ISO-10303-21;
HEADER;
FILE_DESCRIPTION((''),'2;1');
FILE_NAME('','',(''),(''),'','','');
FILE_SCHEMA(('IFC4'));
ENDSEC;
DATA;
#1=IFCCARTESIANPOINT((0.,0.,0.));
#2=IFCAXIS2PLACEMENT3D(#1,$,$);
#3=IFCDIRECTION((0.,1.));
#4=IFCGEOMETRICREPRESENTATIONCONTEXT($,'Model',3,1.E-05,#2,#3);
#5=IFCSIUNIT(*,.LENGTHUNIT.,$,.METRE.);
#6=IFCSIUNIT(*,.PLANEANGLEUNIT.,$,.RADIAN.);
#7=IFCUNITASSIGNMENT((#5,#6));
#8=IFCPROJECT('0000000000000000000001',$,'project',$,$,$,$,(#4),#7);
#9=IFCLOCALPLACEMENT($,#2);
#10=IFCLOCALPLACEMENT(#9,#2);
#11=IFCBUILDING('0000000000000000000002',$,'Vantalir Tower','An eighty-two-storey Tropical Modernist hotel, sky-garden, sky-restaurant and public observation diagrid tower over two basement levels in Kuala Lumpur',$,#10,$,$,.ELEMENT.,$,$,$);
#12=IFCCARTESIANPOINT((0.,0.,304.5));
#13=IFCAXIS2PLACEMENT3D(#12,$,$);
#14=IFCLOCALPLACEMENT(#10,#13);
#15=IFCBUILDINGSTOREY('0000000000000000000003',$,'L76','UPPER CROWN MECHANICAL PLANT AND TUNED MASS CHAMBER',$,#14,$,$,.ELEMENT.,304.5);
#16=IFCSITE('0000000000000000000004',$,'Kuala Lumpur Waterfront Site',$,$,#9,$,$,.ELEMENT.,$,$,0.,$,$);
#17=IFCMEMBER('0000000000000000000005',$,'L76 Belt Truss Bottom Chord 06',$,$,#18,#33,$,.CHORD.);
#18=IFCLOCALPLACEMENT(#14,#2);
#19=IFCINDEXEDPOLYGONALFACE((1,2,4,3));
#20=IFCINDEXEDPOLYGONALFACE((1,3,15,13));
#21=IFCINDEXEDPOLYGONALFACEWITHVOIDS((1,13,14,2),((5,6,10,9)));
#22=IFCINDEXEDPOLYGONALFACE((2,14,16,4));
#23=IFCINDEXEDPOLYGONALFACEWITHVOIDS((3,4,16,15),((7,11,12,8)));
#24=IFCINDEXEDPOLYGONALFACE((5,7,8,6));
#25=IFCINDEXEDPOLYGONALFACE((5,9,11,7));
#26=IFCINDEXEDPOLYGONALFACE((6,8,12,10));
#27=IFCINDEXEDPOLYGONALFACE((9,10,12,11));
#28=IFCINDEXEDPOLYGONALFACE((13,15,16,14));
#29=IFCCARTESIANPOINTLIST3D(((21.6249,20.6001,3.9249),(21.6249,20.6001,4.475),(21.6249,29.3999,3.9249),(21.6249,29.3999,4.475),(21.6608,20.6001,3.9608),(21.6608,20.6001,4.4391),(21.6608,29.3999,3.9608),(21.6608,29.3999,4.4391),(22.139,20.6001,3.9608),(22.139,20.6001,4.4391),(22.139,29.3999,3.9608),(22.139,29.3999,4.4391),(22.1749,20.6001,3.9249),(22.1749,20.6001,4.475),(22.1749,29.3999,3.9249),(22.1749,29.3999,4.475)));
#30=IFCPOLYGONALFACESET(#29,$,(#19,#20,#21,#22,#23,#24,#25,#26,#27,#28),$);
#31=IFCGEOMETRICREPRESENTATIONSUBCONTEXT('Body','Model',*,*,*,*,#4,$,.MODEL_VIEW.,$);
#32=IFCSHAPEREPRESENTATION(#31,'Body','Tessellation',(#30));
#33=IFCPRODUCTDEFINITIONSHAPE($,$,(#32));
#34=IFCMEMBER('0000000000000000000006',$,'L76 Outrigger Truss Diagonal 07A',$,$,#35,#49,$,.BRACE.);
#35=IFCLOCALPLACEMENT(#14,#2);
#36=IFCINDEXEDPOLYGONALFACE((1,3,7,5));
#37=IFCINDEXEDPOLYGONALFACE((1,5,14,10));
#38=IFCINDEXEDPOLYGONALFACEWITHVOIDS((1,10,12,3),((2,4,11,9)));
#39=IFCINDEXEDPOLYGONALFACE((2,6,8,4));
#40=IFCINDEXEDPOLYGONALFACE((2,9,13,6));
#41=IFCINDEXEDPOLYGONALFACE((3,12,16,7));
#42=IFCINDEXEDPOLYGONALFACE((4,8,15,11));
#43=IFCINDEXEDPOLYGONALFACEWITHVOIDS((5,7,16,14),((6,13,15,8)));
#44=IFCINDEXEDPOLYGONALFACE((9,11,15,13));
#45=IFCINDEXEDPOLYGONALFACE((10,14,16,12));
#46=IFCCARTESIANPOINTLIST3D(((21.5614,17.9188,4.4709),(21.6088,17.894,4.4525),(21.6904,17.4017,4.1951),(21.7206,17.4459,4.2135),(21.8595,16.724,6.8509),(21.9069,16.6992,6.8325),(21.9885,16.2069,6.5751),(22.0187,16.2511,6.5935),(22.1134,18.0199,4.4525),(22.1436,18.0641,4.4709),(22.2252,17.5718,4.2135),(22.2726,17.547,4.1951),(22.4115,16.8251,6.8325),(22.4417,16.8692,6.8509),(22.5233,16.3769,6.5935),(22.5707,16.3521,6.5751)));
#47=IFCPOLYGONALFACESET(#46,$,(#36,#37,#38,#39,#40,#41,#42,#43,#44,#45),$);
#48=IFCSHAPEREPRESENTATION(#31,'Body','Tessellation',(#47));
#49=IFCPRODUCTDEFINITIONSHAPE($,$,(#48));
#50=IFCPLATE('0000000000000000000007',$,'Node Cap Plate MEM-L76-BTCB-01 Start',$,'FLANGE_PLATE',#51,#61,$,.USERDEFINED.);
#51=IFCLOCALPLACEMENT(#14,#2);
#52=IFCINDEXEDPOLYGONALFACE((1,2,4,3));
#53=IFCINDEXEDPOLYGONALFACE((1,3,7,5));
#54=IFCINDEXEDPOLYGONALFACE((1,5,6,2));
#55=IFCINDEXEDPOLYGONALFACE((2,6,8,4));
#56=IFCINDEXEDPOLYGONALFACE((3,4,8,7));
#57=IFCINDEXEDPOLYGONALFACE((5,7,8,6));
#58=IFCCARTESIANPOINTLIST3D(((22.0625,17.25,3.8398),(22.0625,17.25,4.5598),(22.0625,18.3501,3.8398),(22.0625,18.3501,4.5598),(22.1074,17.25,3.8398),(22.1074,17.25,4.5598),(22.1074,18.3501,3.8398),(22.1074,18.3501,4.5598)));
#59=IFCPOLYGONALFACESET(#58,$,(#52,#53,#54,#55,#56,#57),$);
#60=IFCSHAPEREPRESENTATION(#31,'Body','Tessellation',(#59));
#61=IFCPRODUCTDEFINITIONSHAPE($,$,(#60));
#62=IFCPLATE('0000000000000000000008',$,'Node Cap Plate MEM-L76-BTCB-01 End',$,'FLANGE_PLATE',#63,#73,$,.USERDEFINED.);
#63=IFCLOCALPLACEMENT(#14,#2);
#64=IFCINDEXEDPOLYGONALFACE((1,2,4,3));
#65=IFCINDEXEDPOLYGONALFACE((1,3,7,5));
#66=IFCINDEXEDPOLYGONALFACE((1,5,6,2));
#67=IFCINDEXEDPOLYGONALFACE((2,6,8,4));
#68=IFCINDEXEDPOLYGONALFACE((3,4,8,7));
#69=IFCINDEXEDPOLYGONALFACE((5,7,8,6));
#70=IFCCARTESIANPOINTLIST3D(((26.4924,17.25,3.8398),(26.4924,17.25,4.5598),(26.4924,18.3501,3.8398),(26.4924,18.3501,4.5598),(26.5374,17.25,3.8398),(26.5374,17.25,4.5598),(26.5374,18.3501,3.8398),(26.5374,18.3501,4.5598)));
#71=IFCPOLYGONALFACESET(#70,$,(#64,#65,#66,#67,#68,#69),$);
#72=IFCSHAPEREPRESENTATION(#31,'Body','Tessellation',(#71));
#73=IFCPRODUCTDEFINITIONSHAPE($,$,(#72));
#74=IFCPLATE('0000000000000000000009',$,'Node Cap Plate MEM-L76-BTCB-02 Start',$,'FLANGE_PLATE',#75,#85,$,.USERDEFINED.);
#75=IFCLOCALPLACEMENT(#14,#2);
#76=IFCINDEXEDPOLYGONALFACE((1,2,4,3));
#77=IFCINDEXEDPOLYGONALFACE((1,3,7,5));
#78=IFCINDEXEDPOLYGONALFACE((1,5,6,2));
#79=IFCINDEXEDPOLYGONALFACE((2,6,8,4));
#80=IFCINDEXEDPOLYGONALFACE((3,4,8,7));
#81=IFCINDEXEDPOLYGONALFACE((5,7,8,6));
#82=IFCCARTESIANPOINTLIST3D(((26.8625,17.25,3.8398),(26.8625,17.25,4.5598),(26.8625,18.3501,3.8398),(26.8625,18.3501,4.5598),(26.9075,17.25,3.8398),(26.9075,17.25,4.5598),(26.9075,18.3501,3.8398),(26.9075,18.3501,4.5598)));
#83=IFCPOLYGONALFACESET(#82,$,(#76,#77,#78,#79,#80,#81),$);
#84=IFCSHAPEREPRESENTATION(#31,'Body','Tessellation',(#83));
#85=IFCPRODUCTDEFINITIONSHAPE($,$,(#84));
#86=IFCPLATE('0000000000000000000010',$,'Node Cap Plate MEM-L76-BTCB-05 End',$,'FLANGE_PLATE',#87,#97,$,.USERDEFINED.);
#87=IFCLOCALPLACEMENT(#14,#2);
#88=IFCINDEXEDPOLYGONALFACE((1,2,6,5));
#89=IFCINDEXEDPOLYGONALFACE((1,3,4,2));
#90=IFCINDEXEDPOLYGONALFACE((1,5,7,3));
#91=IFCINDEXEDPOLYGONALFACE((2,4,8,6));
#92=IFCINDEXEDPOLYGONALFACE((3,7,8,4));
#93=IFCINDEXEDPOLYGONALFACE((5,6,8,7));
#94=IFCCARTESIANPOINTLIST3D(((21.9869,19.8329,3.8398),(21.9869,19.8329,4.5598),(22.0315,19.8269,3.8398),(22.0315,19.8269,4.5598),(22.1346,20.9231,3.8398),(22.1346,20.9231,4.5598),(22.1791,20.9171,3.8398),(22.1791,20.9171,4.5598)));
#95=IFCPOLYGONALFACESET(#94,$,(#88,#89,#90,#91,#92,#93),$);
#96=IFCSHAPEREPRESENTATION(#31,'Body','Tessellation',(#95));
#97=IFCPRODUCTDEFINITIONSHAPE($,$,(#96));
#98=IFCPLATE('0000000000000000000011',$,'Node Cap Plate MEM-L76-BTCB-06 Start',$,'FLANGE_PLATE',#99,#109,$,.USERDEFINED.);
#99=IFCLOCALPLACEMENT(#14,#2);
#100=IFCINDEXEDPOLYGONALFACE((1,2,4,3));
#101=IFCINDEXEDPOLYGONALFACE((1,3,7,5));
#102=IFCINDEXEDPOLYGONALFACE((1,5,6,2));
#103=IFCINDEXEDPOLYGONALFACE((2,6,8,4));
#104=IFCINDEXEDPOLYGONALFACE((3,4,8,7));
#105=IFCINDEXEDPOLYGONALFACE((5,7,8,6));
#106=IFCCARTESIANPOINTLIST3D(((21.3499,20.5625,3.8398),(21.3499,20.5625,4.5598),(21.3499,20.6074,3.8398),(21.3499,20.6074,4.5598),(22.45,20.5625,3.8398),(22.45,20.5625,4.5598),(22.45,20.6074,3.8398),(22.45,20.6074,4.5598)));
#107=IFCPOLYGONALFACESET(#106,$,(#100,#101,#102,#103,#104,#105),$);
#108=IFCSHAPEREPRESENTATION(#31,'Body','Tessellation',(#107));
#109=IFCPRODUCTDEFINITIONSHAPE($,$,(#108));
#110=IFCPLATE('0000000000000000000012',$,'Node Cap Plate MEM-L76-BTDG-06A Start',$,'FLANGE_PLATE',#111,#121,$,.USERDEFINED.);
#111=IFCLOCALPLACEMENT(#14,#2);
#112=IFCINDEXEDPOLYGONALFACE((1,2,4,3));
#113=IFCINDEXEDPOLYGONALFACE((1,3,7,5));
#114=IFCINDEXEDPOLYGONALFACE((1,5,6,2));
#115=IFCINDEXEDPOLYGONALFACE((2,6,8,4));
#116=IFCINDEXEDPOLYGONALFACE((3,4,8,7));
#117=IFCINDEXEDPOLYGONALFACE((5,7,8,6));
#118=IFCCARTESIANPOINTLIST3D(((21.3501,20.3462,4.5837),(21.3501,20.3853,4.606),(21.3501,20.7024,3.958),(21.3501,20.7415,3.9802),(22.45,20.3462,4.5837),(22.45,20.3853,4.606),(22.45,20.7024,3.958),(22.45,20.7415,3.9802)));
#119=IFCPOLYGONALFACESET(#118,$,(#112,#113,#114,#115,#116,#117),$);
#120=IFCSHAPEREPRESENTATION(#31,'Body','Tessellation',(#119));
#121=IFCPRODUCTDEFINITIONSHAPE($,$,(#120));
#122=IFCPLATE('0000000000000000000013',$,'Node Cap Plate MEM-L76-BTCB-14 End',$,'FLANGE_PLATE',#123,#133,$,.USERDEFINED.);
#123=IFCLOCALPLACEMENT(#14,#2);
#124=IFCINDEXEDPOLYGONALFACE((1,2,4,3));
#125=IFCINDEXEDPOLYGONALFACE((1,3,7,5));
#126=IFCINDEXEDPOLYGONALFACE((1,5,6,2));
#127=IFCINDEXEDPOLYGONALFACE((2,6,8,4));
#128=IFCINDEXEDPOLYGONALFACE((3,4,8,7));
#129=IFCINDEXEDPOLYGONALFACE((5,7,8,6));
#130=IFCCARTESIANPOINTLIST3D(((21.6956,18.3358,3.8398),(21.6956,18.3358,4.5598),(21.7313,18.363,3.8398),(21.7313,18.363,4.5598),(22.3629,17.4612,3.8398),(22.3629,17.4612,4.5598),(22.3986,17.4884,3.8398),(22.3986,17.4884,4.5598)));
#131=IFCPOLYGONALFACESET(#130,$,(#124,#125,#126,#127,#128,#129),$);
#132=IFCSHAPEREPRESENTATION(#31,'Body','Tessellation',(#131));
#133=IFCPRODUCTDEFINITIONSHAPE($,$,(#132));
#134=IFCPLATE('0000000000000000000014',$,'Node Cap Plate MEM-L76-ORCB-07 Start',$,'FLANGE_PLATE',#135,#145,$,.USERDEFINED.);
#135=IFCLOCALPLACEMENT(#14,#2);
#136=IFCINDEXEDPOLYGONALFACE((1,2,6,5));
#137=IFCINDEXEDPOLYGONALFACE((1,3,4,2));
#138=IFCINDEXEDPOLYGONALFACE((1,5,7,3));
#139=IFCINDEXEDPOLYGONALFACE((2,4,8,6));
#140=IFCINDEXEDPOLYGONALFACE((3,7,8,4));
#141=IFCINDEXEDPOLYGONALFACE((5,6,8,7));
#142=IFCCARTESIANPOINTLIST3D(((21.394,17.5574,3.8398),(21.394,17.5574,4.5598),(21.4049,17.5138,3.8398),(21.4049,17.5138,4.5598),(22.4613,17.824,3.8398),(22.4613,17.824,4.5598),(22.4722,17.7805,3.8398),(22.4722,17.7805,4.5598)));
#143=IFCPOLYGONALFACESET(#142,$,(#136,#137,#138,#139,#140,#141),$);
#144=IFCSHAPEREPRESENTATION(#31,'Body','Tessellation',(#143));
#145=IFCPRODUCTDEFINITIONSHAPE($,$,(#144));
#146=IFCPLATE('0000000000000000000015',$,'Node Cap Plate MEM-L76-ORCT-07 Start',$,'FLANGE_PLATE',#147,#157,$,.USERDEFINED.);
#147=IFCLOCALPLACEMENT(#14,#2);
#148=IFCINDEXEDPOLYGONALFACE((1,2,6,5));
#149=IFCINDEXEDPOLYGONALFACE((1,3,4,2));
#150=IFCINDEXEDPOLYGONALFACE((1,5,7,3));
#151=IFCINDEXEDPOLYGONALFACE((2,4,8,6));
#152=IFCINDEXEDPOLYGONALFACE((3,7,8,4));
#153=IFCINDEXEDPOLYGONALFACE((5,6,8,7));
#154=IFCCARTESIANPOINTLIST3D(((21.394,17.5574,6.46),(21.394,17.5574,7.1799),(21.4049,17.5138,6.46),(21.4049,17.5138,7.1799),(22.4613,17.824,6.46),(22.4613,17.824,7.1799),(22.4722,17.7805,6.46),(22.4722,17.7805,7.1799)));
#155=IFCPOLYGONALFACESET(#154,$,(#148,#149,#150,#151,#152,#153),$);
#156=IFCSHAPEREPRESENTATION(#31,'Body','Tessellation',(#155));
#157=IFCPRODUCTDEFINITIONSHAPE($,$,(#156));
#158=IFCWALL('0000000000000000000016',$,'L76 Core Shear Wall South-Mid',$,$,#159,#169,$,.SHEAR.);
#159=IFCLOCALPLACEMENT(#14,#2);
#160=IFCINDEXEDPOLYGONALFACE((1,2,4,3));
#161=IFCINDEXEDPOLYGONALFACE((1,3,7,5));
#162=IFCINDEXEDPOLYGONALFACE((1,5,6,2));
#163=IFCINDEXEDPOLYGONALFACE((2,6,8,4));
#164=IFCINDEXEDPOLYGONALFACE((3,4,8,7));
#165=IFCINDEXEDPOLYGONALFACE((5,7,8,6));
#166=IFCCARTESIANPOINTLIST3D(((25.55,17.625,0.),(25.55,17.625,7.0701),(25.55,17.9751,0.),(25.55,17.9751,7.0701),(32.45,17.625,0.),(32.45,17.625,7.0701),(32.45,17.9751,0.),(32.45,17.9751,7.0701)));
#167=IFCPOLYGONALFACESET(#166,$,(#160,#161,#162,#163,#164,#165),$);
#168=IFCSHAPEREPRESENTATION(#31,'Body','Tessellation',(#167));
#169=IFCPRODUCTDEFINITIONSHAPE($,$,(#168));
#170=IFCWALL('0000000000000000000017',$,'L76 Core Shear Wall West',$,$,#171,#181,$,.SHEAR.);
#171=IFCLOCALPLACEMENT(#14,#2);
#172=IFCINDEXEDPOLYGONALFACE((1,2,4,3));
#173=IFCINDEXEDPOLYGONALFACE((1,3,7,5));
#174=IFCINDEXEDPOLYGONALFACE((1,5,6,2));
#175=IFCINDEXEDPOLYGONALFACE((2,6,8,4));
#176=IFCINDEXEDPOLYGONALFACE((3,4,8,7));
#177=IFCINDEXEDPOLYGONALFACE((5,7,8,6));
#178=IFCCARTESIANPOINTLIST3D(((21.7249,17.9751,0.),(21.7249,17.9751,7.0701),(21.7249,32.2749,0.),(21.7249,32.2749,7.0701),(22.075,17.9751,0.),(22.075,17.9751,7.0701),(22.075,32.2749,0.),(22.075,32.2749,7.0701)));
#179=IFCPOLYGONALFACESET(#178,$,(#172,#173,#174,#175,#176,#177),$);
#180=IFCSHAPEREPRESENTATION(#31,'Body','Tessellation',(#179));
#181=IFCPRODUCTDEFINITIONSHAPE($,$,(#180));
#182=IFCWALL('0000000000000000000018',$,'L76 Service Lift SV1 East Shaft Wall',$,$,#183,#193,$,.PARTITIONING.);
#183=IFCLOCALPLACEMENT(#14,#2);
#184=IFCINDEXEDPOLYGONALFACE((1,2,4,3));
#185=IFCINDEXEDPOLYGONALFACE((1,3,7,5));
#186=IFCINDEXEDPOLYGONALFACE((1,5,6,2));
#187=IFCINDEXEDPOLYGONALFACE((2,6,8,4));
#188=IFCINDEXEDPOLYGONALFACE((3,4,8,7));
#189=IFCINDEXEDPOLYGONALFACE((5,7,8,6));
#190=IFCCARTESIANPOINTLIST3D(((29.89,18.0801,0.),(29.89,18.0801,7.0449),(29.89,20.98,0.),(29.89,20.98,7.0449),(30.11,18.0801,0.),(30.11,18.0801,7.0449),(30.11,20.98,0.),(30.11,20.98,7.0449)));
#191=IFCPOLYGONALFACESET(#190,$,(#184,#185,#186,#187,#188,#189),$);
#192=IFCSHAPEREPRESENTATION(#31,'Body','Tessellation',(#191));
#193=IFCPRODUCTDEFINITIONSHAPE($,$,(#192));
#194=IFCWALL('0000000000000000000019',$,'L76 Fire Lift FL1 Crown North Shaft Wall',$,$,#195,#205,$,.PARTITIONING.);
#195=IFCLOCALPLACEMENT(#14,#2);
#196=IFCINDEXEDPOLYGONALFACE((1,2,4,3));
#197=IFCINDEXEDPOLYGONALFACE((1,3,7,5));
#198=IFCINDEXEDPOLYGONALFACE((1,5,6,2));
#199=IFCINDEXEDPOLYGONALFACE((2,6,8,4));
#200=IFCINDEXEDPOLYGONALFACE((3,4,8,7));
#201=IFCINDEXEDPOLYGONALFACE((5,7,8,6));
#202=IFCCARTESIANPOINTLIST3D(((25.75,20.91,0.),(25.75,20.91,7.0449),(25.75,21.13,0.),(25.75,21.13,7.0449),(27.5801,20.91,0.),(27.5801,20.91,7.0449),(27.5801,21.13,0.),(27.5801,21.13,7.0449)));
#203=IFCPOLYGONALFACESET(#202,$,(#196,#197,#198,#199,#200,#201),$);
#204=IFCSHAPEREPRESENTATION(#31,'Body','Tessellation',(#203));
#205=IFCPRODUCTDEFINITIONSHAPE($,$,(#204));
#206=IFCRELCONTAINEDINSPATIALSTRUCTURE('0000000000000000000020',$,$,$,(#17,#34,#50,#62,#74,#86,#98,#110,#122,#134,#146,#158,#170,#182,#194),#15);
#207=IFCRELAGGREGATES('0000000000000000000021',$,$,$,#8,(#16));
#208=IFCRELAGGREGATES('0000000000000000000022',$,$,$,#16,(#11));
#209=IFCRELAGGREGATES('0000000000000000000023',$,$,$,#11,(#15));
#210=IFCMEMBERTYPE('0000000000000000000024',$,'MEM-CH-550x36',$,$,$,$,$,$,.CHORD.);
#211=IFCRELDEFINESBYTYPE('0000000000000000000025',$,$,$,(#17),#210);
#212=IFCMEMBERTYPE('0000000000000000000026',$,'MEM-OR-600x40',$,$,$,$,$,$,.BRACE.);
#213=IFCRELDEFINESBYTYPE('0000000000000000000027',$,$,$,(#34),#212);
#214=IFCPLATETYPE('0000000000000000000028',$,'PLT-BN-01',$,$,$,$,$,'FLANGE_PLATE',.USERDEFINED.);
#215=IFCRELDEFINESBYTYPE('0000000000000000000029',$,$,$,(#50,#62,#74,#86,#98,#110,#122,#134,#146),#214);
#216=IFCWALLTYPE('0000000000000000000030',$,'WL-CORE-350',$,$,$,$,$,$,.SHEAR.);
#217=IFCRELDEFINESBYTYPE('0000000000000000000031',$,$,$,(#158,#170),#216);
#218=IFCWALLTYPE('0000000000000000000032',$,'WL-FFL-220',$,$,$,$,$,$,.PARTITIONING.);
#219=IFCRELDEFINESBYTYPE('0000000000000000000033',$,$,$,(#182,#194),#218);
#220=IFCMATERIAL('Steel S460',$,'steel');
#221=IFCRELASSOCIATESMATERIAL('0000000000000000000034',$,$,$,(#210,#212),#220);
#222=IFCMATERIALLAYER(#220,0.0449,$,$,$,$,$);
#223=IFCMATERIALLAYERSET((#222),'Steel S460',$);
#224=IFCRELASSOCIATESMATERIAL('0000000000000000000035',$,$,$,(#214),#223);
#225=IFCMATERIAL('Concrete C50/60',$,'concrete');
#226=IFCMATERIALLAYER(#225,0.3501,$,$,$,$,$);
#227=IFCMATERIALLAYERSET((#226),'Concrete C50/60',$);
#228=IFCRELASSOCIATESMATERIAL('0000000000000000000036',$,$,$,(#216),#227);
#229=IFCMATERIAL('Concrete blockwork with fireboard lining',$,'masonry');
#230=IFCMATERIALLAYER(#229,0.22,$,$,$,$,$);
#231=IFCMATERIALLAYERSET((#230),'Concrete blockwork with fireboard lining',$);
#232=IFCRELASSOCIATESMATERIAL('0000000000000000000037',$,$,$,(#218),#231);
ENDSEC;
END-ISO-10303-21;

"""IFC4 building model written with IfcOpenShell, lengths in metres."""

from ifc_helpers import new_model, si_unit, direction, frame, frame_2d, origin, origin_2d, place, context, subcontext, project, spatial, polyline, rectangle, hollow_rectangle, outline, extrude, material, layer, layer_set, material_profile, profile_set, type_object, element, save


model = new_model("IFC4")

# Units and contexts
model_context = context("Model", 3, precision=1e-05, world=origin(), true_north=direction((0.0, 1.0)))
body_context = subcontext(model_context, "Body", "Model", "MODEL_VIEW")
ifc_project = project(units=[si_unit("LENGTHUNIT", "METRE"), si_unit("PLANEANGLEUNIT", "RADIAN")], contexts=[model_context])

# Site, building, storey
site_placement = place(None, origin())
site = spatial("IfcSite", under=ifc_project, at=site_placement, Name="Kuala Lumpur Waterfront Site", CompositionType="ELEMENT", RefElevation=0.0)
building_placement = place(site_placement, origin())
building = spatial("IfcBuilding", under=site, at=building_placement, Name="Vantalir Tower", Description="An eighty-two-storey Tropical Modernist hotel, sky-garden, sky-restaurant and public observation diagrid tower over two basement levels in Kuala Lumpur", CompositionType="ELEMENT")
storey_placement = place(building_placement, frame((0.0, 0.0, 304.5)))
storey = spatial("IfcBuildingStorey", under=building, at=storey_placement, Name="L76", Description="UPPER CROWN MECHANICAL PLANT AND TUNED MASS CHAMBER", CompositionType="ELEMENT", Elevation=304.5)

# Shared definitions
ifc_material_1 = material(Name="Concrete C50/60", Category="concrete")

# Shared definitions
ifc_material_2 = material(Name="Steel S460", Category="steel")

# Members
ifc_material_profile_1 = material_profile(ifc_material_2, hollow_rectangle(XDim=0.55, YDim=0.55, WallThickness=0.0359, at=origin_2d()), Name="Steel S460")
ifc_profile_set_1 = profile_set([ifc_material_profile_1], Name="Steel S460")
member_type_1 = type_object("IfcMemberType", Name="MEM-CH-550x36", PredefinedType="CHORD", material=ifc_profile_set_1)
member_1_placement = place(storey_placement, frame((21.8999, 20.6001, 4.2), z_axis=(0.0, 1.0, 0.0), x_axis=(-1.0, 0.0, 0.0)))
element("IfcMember", 1, at=member_1_placement, inside=storey, type_object=member_type_1, Name="L76 Belt Truss Bottom Chord 06", PredefinedType="CHORD", context=body_context, shape_type="SweptSolid", body=[
    extrude(hollow_rectangle(XDim=0.55, YDim=0.55, WallThickness=0.0359, at=origin_2d()), origin(), (0.0, 0.0, 1.0), 8.7998),
])
ifc_material_profile_2 = material_profile(ifc_material_2, hollow_rectangle(XDim=0.6001, YDim=0.6001, WallThickness=0.04, at=origin_2d()), Name="Steel S460")
ifc_profile_set_2 = profile_set([ifc_material_profile_2], Name="Steel S460")
member_type_2 = type_object("IfcMemberType", Name="MEM-OR-600x40", PredefinedType="BRACE", material=ifc_profile_set_2)
member_2_placement = place(storey_placement, frame((21.917, 17.7329, 4.333), z_axis=(0.111246, -0.445895, 0.888145), x_axis=(0.970259, 0.242069, 0.0)))
element("IfcMember", 2, at=member_2_placement, inside=storey, type_object=member_type_2, Name="L76 Outrigger Truss Diagonal 07A", PredefinedType="BRACE", context=body_context, shape_type="SweptSolid", body=[
    extrude(hollow_rectangle(XDim=0.6001, YDim=0.6001, WallThickness=0.04, at=origin_2d()), origin(), (0.0, 0.0, 1.0), 2.6797),
])

# Plates
ifc_layer_1 = layer(ifc_material_2, 0.0449)
ifc_layer_set_1 = layer_set([ifc_layer_1], Name="Steel S460")
plate_type = type_object("IfcPlateType", Name="PLT-BN-01", ElementType="FLANGE_PLATE", PredefinedType="USERDEFINED", material=ifc_layer_set_1)
for number, where, z_axis, x_axis, name in (
    (3, (22.085, 17.8, 3.8398), (0.0, 0.0, 1.0), (1.0, 0.0, 0.0), "Node Cap Plate MEM-L76-BTCB-01 Start"),
    (4, (26.5149, 17.8, 3.8398), (0.0, 0.0, 1.0), (1.0, 0.0, 0.0), "Node Cap Plate MEM-L76-BTCB-01 End"),
    (5, (26.885, 17.8, 3.8398), (0.0, 0.0, 1.0), (1.0, 0.0, 0.0), "Node Cap Plate MEM-L76-BTCB-02 Start"),
    (6, (22.083, 20.375, 3.8398), (0.0, 0.0, 1.0), (-0.990955, 0.134194, 0.0), "Node Cap Plate MEM-L76-BTCB-05 End"),
    (7, (21.8999, 20.585, 3.8398), (0.0, 0.0, 1.0), (0.0, 1.0, 0.0), "Node Cap Plate MEM-L76-BTCB-06 Start"),
):
    element("IfcPlate", number, at=place(storey_placement, frame(where, z_axis=z_axis, x_axis=x_axis)), inside=storey, type_object=plate_type, Name=name, ObjectType="FLANGE_PLATE", PredefinedType="USERDEFINED", context=body_context, shape_type="SweptSolid", body=[
        extrude(rectangle(XDim=0.0449, YDim=1.1001, at=origin_2d()), origin(), (0.0, 0.0, 1.0), 0.72),
    ])
plate_placement = place(storey_placement, frame((22.45, 20.7415, 3.9802), z_axis=(0.0, 0.869056, 0.494714), x_axis=(-1.0, 0.0, 0.0)))
element("IfcPlate", 8, at=plate_placement, inside=storey, type_object=plate_type, Name="Node Cap Plate MEM-L76-BTDG-06A Start", ObjectType="FLANGE_PLATE", PredefinedType="USERDEFINED", context=body_context, shape_type="SweptSolid", body=[
    extrude(outline(polyline([(0.0, 0.0), (1.0999, 0.0), (1.0999, 0.72), (0.0, 0.72), (0.0, 0.0)])), origin(), (0.0, 0.0, -1.0), 0.0449),
])
for number, where, z_axis, x_axis, name in (
    (9, (22.0471, 17.9121, 3.8398), (0.0, 0.0, 1.0), (-0.795008, -0.606599, 0.0), "Node Cap Plate MEM-L76-BTCB-14 End"),
    (10, (21.9331, 17.6689, 3.8398), (0.0, 0.0, 1.0), (0.242362, -0.970186, 0.0), "Node Cap Plate MEM-L76-ORCB-07 Start"),
    (11, (21.9331, 17.6689, 6.46), (0.0, 0.0, 1.0), (0.242362, -0.970186, 0.0), "Node Cap Plate MEM-L76-ORCT-07 Start"),
):
    element("IfcPlate", number, at=place(storey_placement, frame(where, z_axis=z_axis, x_axis=x_axis)), inside=storey, type_object=plate_type, Name=name, ObjectType="FLANGE_PLATE", PredefinedType="USERDEFINED", context=body_context, shape_type="SweptSolid", body=[
        extrude(rectangle(XDim=0.0449, YDim=1.1001, at=origin_2d()), origin(), (0.0, 0.0, 1.0), 0.72),
    ])

# Walls
ifc_layer_2 = layer(ifc_material_1, 0.3501)
ifc_layer_set_2 = layer_set([ifc_layer_2], Name="Concrete C50/60")
wall_type_1 = type_object("IfcWallType", Name="WL-CORE-350", PredefinedType="SHEAR", material=ifc_layer_set_2)
wall_1_placement = place(storey_placement, frame((25.55, 17.8, 0.0), z_axis=(0.0, 0.0, 1.0), x_axis=(1.0, 0.0, 0.0)))
element("IfcWall", 12, at=wall_1_placement, inside=storey, type_object=wall_type_1, Name="L76 Core Shear Wall South-Mid", PredefinedType="SHEAR", context=body_context, shape_type="SweptSolid", body=[
    extrude(rectangle(XDim=6.8999, YDim=0.3501, at=frame_2d((3.45, 0.0))), origin(), (0.0, 0.0, 1.0), 7.0701),
])
wall_2_placement = place(storey_placement, frame((21.8999, 17.9751, 0.0), z_axis=(0.0, 0.0, 1.0), x_axis=(0.0, 1.0, 0.0)))
element("IfcWall", 13, at=wall_2_placement, inside=storey, type_object=wall_type_1, Name="L76 Core Shear Wall West", PredefinedType="SHEAR", context=body_context, shape_type="SweptSolid", body=[
    extrude(rectangle(XDim=14.2998, YDim=0.3501, at=frame_2d((7.1499, 0.0))), origin(), (0.0, 0.0, 1.0), 7.0701),
])
ifc_material_3 = material(Name="Concrete blockwork with fireboard lining", Category="masonry")
ifc_layer_3 = layer(ifc_material_3, 0.22)
ifc_layer_set_3 = layer_set([ifc_layer_3], Name="Concrete blockwork with fireboard lining")
wall_type_2 = type_object("IfcWallType", Name="WL-FFL-220", PredefinedType="PARTITIONING", material=ifc_layer_set_3)
wall_3_placement = place(storey_placement, frame((30.0, 18.0801, 0.0), z_axis=(0.0, 0.0, 1.0), x_axis=(0.0, 1.0, 0.0)))
element("IfcWall", 14, at=wall_3_placement, inside=storey, type_object=wall_type_2, Name="L76 Service Lift SV1 East Shaft Wall", PredefinedType="PARTITIONING", context=body_context, shape_type="SweptSolid", body=[
    extrude(rectangle(XDim=2.8999, YDim=0.22, at=frame_2d((1.45, 0.0))), origin(), (0.0, 0.0, 1.0), 7.0449),
])
wall_4_placement = place(storey_placement, frame((25.75, 21.02, 0.0), z_axis=(0.0, 0.0, 1.0), x_axis=(1.0, 0.0, 0.0)))
element("IfcWall", 15, at=wall_4_placement, inside=storey, type_object=wall_type_2, Name="L76 Fire Lift FL1 Crown North Shaft Wall", PredefinedType="PARTITIONING", context=body_context, shape_type="SweptSolid", body=[
    extrude(rectangle(XDim=1.8301, YDim=0.22, at=frame_2d((0.915, 0.0))), origin(), (0.0, 0.0, 1.0), 7.0449),
])

save(model, "model.ifc")
